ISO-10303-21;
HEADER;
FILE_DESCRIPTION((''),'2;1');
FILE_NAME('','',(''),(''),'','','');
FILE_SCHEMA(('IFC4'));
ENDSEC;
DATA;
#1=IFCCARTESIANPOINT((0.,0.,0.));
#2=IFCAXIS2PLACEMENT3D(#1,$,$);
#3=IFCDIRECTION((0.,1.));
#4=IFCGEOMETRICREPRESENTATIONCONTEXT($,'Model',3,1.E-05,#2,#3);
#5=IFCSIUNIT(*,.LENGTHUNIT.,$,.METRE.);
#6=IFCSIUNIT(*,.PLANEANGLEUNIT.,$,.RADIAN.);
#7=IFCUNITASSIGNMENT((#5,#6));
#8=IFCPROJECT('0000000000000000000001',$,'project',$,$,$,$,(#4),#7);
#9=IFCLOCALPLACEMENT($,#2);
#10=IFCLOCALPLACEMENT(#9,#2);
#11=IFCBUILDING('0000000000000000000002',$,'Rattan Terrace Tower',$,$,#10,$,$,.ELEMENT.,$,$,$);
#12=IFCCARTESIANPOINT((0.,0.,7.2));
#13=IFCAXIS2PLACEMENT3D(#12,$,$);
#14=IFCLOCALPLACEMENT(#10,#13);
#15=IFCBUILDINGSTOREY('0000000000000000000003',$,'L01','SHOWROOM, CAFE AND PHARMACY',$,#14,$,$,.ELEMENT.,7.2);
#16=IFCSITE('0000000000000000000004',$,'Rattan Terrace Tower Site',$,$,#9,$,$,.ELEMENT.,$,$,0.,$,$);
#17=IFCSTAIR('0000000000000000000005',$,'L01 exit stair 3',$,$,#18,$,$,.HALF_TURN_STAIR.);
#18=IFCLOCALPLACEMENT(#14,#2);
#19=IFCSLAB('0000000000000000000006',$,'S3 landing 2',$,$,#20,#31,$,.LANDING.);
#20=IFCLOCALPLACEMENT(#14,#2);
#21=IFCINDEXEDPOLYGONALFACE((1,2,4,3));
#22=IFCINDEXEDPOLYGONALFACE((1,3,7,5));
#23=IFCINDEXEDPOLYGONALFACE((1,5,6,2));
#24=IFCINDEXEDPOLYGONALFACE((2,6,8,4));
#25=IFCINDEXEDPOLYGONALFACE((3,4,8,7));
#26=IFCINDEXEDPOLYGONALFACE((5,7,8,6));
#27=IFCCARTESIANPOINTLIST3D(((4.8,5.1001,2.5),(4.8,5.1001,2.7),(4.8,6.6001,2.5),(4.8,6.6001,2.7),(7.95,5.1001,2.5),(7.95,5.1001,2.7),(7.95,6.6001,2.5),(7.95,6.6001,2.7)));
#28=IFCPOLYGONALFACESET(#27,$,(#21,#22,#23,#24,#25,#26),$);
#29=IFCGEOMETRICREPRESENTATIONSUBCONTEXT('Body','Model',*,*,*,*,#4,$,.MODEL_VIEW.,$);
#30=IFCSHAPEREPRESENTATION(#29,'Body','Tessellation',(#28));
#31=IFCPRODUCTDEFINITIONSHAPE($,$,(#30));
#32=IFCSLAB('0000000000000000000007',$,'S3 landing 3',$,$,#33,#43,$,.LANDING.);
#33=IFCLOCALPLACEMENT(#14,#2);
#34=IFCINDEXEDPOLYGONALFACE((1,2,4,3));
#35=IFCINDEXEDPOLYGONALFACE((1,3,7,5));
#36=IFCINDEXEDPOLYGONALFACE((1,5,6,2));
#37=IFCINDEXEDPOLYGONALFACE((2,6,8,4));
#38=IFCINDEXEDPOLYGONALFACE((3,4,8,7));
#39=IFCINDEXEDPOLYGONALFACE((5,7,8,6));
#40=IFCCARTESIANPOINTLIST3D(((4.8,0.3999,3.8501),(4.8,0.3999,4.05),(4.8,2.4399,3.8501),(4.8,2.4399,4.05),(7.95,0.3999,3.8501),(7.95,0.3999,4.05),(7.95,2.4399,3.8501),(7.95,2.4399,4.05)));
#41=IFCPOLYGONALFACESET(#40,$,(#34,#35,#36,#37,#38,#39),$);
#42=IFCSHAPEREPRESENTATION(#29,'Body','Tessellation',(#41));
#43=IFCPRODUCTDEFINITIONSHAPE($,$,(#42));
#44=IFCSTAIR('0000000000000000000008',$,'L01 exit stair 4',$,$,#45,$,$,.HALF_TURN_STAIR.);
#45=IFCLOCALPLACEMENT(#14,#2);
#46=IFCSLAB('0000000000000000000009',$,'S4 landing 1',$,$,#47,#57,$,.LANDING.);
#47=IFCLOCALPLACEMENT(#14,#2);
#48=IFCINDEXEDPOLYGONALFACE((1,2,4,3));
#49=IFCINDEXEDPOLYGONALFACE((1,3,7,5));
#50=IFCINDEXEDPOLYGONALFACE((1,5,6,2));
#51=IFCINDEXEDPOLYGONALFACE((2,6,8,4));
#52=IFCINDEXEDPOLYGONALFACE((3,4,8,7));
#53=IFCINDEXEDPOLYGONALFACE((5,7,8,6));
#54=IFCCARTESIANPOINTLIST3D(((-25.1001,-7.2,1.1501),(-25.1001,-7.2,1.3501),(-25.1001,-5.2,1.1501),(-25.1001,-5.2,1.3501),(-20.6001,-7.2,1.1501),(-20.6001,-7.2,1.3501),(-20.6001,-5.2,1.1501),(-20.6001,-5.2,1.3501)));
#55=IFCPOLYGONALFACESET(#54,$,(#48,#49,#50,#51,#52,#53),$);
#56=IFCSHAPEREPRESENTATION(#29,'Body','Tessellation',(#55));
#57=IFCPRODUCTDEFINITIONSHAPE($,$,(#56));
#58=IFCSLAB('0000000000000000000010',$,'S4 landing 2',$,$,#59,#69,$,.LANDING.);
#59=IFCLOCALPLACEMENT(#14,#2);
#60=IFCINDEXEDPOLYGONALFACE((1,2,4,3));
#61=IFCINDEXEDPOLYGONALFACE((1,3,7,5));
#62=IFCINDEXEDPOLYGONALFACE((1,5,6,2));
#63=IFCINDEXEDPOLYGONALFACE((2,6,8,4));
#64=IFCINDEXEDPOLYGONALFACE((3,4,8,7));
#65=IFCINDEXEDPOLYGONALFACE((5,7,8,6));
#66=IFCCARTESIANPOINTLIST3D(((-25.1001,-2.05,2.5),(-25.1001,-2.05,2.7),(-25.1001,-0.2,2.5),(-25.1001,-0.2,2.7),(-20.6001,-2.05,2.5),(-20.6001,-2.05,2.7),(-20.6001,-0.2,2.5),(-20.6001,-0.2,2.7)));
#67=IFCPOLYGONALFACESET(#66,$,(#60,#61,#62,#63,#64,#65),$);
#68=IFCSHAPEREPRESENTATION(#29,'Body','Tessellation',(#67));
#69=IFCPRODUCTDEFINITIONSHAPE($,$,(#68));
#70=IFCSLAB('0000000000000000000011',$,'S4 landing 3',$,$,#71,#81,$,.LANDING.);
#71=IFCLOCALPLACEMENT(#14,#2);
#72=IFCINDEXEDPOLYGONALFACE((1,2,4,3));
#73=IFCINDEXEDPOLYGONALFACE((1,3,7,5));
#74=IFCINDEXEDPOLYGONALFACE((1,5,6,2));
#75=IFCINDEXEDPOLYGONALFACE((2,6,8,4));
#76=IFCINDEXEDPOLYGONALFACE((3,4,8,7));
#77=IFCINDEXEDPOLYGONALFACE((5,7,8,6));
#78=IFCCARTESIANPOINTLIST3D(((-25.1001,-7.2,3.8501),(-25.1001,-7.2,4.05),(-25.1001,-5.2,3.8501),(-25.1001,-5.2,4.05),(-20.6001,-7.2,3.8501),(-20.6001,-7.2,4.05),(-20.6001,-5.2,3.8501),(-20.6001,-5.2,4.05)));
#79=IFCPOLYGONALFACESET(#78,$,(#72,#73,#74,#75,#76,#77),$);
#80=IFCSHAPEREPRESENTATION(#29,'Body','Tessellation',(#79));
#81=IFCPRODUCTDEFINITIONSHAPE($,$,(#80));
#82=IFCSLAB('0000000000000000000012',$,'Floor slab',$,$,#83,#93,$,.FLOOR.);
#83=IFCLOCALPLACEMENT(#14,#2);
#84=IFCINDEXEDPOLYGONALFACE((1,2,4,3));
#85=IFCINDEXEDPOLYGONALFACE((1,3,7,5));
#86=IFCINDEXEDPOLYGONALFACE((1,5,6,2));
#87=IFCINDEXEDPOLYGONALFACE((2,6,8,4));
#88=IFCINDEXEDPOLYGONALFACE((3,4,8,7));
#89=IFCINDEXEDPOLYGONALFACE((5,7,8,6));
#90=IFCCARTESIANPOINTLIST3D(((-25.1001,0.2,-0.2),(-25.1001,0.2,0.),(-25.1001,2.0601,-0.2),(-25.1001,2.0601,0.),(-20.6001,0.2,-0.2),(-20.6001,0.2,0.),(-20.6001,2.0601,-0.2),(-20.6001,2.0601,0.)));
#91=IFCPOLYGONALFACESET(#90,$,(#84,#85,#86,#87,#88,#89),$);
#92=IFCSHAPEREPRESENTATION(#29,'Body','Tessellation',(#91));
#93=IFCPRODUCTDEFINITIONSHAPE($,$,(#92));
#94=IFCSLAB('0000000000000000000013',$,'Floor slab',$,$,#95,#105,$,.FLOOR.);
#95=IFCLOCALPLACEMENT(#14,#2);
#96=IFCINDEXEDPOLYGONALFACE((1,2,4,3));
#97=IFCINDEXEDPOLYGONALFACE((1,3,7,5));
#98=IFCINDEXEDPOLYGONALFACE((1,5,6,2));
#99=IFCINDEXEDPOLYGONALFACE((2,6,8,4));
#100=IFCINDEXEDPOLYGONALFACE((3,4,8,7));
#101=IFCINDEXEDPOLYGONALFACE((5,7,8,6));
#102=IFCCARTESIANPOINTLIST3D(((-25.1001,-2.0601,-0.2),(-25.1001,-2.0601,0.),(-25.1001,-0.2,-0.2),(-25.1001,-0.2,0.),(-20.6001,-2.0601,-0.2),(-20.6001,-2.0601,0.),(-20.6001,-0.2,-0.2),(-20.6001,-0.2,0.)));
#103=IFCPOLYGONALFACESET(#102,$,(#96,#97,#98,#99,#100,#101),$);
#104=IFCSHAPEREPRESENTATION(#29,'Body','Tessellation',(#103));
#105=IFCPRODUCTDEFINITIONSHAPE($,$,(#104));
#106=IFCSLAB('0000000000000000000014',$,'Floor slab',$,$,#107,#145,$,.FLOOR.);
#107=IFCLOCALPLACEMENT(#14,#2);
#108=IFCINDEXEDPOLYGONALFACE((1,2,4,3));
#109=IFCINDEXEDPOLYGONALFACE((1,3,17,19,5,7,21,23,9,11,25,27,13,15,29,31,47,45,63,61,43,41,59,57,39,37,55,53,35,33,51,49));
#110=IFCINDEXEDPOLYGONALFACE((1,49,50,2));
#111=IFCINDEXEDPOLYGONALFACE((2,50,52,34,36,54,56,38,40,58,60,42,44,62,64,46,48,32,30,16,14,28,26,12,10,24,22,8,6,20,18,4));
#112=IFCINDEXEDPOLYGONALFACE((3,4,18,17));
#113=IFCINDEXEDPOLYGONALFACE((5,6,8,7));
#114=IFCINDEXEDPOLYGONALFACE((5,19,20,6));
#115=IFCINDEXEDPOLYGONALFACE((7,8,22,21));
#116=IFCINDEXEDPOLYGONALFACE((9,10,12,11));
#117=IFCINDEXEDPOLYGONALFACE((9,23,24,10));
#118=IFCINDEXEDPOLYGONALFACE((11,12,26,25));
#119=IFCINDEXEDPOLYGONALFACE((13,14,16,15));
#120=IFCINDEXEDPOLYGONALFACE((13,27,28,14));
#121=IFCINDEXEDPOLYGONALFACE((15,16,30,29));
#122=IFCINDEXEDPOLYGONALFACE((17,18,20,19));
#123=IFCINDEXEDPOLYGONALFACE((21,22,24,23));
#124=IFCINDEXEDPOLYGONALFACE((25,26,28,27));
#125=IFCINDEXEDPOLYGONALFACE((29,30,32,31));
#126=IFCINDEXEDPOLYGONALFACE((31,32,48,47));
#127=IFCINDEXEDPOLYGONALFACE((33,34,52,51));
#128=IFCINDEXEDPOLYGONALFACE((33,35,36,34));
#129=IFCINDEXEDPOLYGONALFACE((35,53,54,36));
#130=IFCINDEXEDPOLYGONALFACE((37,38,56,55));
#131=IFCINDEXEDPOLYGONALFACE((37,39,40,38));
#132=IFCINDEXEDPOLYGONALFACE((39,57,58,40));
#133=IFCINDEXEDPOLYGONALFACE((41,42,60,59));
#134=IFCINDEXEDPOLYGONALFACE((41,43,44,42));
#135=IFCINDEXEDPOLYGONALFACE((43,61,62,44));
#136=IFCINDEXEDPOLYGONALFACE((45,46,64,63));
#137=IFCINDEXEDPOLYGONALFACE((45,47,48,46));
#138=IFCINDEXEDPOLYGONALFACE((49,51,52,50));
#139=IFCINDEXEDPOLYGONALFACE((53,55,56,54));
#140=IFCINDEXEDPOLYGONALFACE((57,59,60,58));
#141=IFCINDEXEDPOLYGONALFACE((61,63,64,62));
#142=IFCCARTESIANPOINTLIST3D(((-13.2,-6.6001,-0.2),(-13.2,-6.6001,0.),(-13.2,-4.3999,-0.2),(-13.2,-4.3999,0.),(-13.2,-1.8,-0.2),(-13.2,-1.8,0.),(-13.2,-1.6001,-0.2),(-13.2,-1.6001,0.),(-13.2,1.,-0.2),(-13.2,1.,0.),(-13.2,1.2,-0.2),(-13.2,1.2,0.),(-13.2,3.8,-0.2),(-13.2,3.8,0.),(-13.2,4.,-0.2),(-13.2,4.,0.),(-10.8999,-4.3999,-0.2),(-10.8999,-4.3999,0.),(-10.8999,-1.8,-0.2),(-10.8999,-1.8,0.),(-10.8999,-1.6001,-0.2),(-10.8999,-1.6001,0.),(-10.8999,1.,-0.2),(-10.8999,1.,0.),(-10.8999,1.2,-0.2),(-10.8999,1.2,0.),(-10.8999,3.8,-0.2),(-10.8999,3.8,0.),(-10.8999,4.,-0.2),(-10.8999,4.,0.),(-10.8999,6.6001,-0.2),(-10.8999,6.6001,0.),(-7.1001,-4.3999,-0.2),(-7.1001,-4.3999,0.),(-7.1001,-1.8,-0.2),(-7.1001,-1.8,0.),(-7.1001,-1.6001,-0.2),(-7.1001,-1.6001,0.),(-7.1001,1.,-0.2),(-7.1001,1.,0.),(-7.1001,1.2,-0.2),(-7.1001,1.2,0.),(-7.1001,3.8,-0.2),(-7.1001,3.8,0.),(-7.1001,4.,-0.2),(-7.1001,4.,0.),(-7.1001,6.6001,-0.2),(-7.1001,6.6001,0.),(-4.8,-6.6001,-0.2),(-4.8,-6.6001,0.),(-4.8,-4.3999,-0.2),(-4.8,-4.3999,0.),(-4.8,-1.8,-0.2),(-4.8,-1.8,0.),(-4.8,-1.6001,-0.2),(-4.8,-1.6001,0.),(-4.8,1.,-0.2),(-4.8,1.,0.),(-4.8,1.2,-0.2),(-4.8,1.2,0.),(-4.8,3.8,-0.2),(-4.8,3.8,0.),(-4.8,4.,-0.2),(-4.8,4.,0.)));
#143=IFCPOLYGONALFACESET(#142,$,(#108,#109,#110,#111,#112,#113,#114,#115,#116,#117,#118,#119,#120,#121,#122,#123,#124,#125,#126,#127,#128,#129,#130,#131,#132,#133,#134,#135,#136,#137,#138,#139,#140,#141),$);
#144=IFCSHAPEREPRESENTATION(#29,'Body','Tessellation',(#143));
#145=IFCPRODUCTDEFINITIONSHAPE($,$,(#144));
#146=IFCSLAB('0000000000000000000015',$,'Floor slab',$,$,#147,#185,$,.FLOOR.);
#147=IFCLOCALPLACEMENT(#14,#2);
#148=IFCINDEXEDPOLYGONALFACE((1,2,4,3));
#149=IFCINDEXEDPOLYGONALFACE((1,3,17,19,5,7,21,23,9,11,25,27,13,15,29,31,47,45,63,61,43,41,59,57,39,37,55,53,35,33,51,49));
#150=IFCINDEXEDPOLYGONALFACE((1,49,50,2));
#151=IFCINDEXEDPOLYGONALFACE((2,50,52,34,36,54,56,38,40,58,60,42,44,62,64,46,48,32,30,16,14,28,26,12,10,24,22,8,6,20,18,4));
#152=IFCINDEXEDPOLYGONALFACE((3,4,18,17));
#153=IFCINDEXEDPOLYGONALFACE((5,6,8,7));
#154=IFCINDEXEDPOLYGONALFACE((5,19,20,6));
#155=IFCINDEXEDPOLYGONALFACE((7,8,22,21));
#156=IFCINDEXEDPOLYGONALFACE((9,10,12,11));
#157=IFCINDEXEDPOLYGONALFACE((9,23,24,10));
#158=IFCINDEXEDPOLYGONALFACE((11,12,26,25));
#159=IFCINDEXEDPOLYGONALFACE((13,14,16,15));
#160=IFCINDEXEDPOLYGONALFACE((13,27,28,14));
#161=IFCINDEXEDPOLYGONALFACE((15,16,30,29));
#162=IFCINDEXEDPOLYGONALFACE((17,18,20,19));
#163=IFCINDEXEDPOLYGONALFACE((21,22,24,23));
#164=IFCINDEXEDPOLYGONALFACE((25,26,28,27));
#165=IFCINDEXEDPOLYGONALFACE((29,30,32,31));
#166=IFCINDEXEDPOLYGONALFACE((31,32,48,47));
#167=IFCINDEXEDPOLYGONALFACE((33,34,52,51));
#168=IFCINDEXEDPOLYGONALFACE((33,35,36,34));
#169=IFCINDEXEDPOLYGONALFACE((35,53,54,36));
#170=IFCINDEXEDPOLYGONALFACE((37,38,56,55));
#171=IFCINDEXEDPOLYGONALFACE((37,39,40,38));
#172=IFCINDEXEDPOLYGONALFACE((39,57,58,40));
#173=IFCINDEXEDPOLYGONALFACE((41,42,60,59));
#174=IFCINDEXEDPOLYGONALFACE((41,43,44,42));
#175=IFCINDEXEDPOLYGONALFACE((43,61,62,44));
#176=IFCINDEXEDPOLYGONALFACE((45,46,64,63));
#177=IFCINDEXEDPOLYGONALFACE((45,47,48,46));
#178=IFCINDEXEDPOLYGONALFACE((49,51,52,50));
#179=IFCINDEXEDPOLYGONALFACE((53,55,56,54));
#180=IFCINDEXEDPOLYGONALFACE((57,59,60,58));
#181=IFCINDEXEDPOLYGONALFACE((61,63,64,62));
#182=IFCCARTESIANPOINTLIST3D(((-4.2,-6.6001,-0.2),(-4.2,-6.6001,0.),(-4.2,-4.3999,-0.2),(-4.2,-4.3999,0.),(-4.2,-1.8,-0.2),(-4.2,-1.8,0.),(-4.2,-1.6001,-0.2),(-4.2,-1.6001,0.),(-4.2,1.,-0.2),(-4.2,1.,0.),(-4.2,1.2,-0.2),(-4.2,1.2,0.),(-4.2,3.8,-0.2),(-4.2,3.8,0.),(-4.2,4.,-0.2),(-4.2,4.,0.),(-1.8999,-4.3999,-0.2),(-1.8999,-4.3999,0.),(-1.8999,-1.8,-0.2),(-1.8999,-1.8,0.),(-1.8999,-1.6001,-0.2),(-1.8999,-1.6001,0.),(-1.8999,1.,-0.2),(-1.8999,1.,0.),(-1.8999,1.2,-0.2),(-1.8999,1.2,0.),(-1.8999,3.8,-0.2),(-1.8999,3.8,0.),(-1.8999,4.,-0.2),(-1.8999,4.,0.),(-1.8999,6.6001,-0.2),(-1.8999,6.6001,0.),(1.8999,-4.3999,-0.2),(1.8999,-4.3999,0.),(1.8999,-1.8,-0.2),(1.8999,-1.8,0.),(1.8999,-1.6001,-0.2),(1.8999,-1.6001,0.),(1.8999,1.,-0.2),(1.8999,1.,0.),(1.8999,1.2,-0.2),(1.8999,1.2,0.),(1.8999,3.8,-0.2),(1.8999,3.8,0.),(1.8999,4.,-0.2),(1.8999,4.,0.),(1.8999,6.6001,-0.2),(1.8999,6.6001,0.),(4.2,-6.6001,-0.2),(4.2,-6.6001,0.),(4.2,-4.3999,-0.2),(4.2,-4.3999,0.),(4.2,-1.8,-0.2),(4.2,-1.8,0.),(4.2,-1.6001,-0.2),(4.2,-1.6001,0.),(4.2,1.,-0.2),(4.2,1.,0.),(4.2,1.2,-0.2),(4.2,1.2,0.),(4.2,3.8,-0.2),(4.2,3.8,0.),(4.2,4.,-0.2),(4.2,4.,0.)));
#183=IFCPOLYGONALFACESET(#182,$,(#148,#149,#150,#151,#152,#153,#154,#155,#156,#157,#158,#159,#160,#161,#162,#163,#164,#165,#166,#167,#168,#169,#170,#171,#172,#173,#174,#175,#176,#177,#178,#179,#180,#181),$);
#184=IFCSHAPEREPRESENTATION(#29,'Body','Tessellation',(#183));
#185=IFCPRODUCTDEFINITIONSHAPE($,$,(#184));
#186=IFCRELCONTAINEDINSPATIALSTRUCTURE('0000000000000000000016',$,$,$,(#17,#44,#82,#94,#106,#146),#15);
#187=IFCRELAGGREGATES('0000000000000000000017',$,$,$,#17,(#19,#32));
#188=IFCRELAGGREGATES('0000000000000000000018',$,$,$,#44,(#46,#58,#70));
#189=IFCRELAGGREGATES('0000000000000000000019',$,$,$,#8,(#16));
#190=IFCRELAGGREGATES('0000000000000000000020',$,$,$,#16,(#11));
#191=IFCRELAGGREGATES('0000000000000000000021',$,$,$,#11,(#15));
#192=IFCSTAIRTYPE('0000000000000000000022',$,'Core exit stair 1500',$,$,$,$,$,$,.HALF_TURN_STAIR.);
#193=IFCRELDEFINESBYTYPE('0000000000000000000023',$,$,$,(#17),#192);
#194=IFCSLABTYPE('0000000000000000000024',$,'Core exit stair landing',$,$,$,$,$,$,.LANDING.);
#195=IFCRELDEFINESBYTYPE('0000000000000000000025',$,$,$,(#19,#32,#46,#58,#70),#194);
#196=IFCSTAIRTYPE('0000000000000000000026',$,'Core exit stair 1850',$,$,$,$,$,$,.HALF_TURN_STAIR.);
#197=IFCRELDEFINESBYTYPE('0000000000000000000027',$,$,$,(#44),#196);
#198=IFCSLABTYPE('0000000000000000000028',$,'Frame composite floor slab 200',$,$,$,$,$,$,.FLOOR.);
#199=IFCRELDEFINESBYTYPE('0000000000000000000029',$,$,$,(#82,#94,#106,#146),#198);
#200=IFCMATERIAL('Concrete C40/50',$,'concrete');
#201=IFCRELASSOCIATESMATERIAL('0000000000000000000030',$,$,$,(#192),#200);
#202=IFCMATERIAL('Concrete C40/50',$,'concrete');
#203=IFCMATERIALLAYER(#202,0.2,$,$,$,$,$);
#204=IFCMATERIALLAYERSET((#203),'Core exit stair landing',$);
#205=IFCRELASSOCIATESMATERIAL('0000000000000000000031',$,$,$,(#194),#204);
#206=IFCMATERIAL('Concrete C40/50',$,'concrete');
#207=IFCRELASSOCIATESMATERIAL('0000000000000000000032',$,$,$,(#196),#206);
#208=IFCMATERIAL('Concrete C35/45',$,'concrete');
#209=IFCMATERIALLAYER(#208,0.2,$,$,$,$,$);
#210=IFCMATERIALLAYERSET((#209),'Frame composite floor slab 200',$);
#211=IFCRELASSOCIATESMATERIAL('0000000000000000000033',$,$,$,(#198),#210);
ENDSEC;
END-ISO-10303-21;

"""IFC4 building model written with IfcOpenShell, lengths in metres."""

from ifc_helpers import new_model, si_unit, direction, frame, origin, place, context, subcontext, project, spatial, polyline, outline, extrude, material, layer, layer_set, type_object, element, aggregate, save


model = new_model("IFC4")

# Units and contexts
model_context = context("Model", 3, precision=1e-05, world=origin(), true_north=direction((0.0, 1.0)))
body_context = subcontext(model_context, "Body", "Model", "MODEL_VIEW")
ifc_project = project(units=[si_unit("LENGTHUNIT", "METRE"), si_unit("PLANEANGLEUNIT", "RADIAN")], contexts=[model_context])

# Site, building, storey
site_placement = place(None, origin())
site = spatial("IfcSite", under=ifc_project, at=site_placement, Name="Rattan Terrace Tower Site", CompositionType="ELEMENT", RefElevation=0.0)
building_placement = place(site_placement, origin())
building = spatial("IfcBuilding", under=site, at=building_placement, Name="Rattan Terrace Tower", CompositionType="ELEMENT")
storey_placement = place(building_placement, frame((0.0, 0.0, 7.2)))
storey = spatial("IfcBuildingStorey", under=building, at=storey_placement, Name="L01", Description="SHOWROOM, CAFE AND PHARMACY", CompositionType="ELEMENT", Elevation=7.2)

# Stairs, slabs
ifc_material_1 = material(Name="Concrete C40/50", Category="concrete")
stair_type_1 = type_object("IfcStairType", Name="Core exit stair 1500", PredefinedType="HALF_TURN_STAIR", material=ifc_material_1)
ifc_material_2 = material(Name="Concrete C40/50", Category="concrete")
ifc_layer_1 = layer(ifc_material_2, 0.2)
ifc_layer_set_1 = layer_set([ifc_layer_1], Name="Core exit stair landing")
slab_type_1 = type_object("IfcSlabType", Name="Core exit stair landing", PredefinedType="LANDING", material=ifc_layer_set_1)
stair_1_placement = place(storey_placement, origin())
stair_1 = element("IfcStair", 1, at=stair_1_placement, inside=storey, type_object=stair_type_1, Name="L01 exit stair 3", PredefinedType="HALF_TURN_STAIR")
slab_1_placement = place(storey_placement, frame((0.0, 0.0, 2.5)))
slab_1 = element("IfcSlab", 2, at=slab_1_placement, type_object=slab_type_1, Name="S3 landing 2", PredefinedType="LANDING", context=body_context, shape_type="SweptSolid", body=[
    extrude(outline(polyline([(4.8, 6.6001), (4.8, 5.1001), (7.95, 5.1001), (7.95, 6.6001), (4.8, 6.6001)])), origin(), (0.0, 0.0, 1.0), 0.2),
])
slab_2_placement = place(storey_placement, frame((0.0, 0.0, 3.8501)))
slab_2 = element("IfcSlab", 3, at=slab_2_placement, type_object=slab_type_1, Name="S3 landing 3", PredefinedType="LANDING", context=body_context, shape_type="SweptSolid", body=[
    extrude(outline(polyline([(4.8, 2.4399), (4.8, 0.3999), (7.95, 0.3999), (7.95, 2.4399), (4.8, 2.4399)])), origin(), (0.0, 0.0, 1.0), 0.2),
])
aggregate(stair_1, [slab_1, slab_2])
ifc_material_3 = material(Name="Concrete C40/50", Category="concrete")
stair_type_2 = type_object("IfcStairType", Name="Core exit stair 1850", PredefinedType="HALF_TURN_STAIR", material=ifc_material_3)
stair_2_placement = place(storey_placement, origin())
stair_2 = element("IfcStair", 4, at=stair_2_placement, inside=storey, type_object=stair_type_2, Name="L01 exit stair 4", PredefinedType="HALF_TURN_STAIR")
slab_3_placement = place(storey_placement, frame((0.0, 0.0, 1.1501)))
slab_3 = element("IfcSlab", 5, at=slab_3_placement, type_object=slab_type_1, Name="S4 landing 1", PredefinedType="LANDING", context=body_context, shape_type="SweptSolid", body=[
    extrude(outline(polyline([(-25.1001, -5.2), (-25.1001, -7.2), (-20.6001, -7.2), (-20.6001, -5.2), (-25.1001, -5.2)])), origin(), (0.0, 0.0, 1.0), 0.2),
])
slab_4_placement = place(storey_placement, frame((0.0, 0.0, 2.5)))
slab_4 = element("IfcSlab", 6, at=slab_4_placement, type_object=slab_type_1, Name="S4 landing 2", PredefinedType="LANDING", context=body_context, shape_type="SweptSolid", body=[
    extrude(outline(polyline([(-25.1001, -0.2), (-25.1001, -2.05), (-20.6001, -2.05), (-20.6001, -0.2), (-25.1001, -0.2)])), origin(), (0.0, 0.0, 1.0), 0.2),
])
slab_5_placement = place(storey_placement, frame((0.0, 0.0, 3.8501)))
slab_5 = element("IfcSlab", 7, at=slab_5_placement, type_object=slab_type_1, Name="S4 landing 3", PredefinedType="LANDING", context=body_context, shape_type="SweptSolid", body=[
    extrude(outline(polyline([(-25.1001, -5.2), (-25.1001, -7.2), (-20.6001, -7.2), (-20.6001, -5.2), (-25.1001, -5.2)])), origin(), (0.0, 0.0, 1.0), 0.2),
])
aggregate(stair_2, [slab_3, slab_4, slab_5])

# Slabs
ifc_material_4 = material(Name="Concrete C35/45", Category="concrete")
ifc_layer_2 = layer(ifc_material_4, 0.2)
ifc_layer_set_2 = layer_set([ifc_layer_2], Name="Frame composite floor slab 200")
slab_type_2 = type_object("IfcSlabType", Name="Frame composite floor slab 200", PredefinedType="FLOOR", material=ifc_layer_set_2)
slab_6_placement = place(storey_placement, frame((0.0, 0.0, -0.2)))
element("IfcSlab", 8, at=slab_6_placement, inside=storey, type_object=slab_type_2, Name="Floor slab", PredefinedType="FLOOR", context=body_context, shape_type="SweptSolid", body=[
    extrude(outline(polyline([(-20.6001, 0.2), (-20.6001, 2.0601), (-25.1001, 2.0601), (-25.1001, 0.2), (-20.6001, 0.2)])), origin(), (0.0, 0.0, 1.0), 0.2),
])
slab_7_placement = place(storey_placement, frame((0.0, 0.0, -0.2)))
element("IfcSlab", 9, at=slab_7_placement, inside=storey, type_object=slab_type_2, Name="Floor slab", PredefinedType="FLOOR", context=body_context, shape_type="SweptSolid", body=[
    extrude(outline(polyline([(-25.1001, -2.0601), (-20.6001, -2.0601), (-20.6001, -0.2), (-25.1001, -0.2), (-25.1001, -2.0601)])), origin(), (0.0, 0.0, 1.0), 0.2),
])
slab_8_placement = place(storey_placement, frame((0.0, 0.0, -0.2)))
element("IfcSlab", 10, at=slab_8_placement, inside=storey, type_object=slab_type_2, Name="Floor slab", PredefinedType="FLOOR", context=body_context, shape_type="SweptSolid", body=[
    extrude(outline(polyline([(-13.2, 4.0), (-13.2, 3.8), (-10.8999, 3.8), (-10.8999, 1.2), (-13.2, 1.2), (-13.2, 1.0), (-10.8999, 1.0), (-10.8999, -1.6001), (-13.2, -1.6001), (-13.2, -1.8), (-10.8999, -1.8), (-10.8999, -4.3999), (-13.2, -4.3999), (-13.2, -6.6001), (-4.8, -6.6001), (-4.8, -4.3999), (-7.1001, -4.3999), (-7.1001, -1.8), (-4.8, -1.8), (-4.8, -1.6001), (-7.1001, -1.6001), (-7.1001, 1.0), (-4.8, 1.0), (-4.8, 1.2), (-7.1001, 1.2), (-7.1001, 3.8), (-4.8, 3.8), (-4.8, 4.0), (-7.1001, 4.0), (-7.1001, 6.6001), (-10.8999, 6.6001), (-10.8999, 4.0), (-13.2, 4.0)])), origin(), (0.0, 0.0, 1.0), 0.2),
])
slab_9_placement = place(storey_placement, frame((0.0, 0.0, -0.2)))
element("IfcSlab", 11, at=slab_9_placement, inside=storey, type_object=slab_type_2, Name="Floor slab", PredefinedType="FLOOR", context=body_context, shape_type="SweptSolid", body=[
    extrude(outline(polyline([(-4.2, -6.6001), (4.2, -6.6001), (4.2, -4.3999), (1.8999, -4.3999), (1.8999, -1.8), (4.2, -1.8), (4.2, -1.6001), (1.8999, -1.6001), (1.8999, 1.0), (4.2, 1.0), (4.2, 1.2), (1.8999, 1.2), (1.8999, 3.8), (4.2, 3.8), (4.2, 4.0), (1.8999, 4.0), (1.8999, 6.6001), (-1.8999, 6.6001), (-1.8999, 4.0), (-4.2, 4.0), (-4.2, 3.8), (-1.8999, 3.8), (-1.8999, 1.2), (-4.2, 1.2), (-4.2, 1.0), (-1.8999, 1.0), (-1.8999, -1.6001), (-4.2, -1.6001), (-4.2, -1.8), (-1.8999, -1.8), (-1.8999, -4.3999), (-4.2, -4.3999), (-4.2, -6.6001)])), origin(), (0.0, 0.0, 1.0), 0.2),
])

save(model, "model.ifc")
